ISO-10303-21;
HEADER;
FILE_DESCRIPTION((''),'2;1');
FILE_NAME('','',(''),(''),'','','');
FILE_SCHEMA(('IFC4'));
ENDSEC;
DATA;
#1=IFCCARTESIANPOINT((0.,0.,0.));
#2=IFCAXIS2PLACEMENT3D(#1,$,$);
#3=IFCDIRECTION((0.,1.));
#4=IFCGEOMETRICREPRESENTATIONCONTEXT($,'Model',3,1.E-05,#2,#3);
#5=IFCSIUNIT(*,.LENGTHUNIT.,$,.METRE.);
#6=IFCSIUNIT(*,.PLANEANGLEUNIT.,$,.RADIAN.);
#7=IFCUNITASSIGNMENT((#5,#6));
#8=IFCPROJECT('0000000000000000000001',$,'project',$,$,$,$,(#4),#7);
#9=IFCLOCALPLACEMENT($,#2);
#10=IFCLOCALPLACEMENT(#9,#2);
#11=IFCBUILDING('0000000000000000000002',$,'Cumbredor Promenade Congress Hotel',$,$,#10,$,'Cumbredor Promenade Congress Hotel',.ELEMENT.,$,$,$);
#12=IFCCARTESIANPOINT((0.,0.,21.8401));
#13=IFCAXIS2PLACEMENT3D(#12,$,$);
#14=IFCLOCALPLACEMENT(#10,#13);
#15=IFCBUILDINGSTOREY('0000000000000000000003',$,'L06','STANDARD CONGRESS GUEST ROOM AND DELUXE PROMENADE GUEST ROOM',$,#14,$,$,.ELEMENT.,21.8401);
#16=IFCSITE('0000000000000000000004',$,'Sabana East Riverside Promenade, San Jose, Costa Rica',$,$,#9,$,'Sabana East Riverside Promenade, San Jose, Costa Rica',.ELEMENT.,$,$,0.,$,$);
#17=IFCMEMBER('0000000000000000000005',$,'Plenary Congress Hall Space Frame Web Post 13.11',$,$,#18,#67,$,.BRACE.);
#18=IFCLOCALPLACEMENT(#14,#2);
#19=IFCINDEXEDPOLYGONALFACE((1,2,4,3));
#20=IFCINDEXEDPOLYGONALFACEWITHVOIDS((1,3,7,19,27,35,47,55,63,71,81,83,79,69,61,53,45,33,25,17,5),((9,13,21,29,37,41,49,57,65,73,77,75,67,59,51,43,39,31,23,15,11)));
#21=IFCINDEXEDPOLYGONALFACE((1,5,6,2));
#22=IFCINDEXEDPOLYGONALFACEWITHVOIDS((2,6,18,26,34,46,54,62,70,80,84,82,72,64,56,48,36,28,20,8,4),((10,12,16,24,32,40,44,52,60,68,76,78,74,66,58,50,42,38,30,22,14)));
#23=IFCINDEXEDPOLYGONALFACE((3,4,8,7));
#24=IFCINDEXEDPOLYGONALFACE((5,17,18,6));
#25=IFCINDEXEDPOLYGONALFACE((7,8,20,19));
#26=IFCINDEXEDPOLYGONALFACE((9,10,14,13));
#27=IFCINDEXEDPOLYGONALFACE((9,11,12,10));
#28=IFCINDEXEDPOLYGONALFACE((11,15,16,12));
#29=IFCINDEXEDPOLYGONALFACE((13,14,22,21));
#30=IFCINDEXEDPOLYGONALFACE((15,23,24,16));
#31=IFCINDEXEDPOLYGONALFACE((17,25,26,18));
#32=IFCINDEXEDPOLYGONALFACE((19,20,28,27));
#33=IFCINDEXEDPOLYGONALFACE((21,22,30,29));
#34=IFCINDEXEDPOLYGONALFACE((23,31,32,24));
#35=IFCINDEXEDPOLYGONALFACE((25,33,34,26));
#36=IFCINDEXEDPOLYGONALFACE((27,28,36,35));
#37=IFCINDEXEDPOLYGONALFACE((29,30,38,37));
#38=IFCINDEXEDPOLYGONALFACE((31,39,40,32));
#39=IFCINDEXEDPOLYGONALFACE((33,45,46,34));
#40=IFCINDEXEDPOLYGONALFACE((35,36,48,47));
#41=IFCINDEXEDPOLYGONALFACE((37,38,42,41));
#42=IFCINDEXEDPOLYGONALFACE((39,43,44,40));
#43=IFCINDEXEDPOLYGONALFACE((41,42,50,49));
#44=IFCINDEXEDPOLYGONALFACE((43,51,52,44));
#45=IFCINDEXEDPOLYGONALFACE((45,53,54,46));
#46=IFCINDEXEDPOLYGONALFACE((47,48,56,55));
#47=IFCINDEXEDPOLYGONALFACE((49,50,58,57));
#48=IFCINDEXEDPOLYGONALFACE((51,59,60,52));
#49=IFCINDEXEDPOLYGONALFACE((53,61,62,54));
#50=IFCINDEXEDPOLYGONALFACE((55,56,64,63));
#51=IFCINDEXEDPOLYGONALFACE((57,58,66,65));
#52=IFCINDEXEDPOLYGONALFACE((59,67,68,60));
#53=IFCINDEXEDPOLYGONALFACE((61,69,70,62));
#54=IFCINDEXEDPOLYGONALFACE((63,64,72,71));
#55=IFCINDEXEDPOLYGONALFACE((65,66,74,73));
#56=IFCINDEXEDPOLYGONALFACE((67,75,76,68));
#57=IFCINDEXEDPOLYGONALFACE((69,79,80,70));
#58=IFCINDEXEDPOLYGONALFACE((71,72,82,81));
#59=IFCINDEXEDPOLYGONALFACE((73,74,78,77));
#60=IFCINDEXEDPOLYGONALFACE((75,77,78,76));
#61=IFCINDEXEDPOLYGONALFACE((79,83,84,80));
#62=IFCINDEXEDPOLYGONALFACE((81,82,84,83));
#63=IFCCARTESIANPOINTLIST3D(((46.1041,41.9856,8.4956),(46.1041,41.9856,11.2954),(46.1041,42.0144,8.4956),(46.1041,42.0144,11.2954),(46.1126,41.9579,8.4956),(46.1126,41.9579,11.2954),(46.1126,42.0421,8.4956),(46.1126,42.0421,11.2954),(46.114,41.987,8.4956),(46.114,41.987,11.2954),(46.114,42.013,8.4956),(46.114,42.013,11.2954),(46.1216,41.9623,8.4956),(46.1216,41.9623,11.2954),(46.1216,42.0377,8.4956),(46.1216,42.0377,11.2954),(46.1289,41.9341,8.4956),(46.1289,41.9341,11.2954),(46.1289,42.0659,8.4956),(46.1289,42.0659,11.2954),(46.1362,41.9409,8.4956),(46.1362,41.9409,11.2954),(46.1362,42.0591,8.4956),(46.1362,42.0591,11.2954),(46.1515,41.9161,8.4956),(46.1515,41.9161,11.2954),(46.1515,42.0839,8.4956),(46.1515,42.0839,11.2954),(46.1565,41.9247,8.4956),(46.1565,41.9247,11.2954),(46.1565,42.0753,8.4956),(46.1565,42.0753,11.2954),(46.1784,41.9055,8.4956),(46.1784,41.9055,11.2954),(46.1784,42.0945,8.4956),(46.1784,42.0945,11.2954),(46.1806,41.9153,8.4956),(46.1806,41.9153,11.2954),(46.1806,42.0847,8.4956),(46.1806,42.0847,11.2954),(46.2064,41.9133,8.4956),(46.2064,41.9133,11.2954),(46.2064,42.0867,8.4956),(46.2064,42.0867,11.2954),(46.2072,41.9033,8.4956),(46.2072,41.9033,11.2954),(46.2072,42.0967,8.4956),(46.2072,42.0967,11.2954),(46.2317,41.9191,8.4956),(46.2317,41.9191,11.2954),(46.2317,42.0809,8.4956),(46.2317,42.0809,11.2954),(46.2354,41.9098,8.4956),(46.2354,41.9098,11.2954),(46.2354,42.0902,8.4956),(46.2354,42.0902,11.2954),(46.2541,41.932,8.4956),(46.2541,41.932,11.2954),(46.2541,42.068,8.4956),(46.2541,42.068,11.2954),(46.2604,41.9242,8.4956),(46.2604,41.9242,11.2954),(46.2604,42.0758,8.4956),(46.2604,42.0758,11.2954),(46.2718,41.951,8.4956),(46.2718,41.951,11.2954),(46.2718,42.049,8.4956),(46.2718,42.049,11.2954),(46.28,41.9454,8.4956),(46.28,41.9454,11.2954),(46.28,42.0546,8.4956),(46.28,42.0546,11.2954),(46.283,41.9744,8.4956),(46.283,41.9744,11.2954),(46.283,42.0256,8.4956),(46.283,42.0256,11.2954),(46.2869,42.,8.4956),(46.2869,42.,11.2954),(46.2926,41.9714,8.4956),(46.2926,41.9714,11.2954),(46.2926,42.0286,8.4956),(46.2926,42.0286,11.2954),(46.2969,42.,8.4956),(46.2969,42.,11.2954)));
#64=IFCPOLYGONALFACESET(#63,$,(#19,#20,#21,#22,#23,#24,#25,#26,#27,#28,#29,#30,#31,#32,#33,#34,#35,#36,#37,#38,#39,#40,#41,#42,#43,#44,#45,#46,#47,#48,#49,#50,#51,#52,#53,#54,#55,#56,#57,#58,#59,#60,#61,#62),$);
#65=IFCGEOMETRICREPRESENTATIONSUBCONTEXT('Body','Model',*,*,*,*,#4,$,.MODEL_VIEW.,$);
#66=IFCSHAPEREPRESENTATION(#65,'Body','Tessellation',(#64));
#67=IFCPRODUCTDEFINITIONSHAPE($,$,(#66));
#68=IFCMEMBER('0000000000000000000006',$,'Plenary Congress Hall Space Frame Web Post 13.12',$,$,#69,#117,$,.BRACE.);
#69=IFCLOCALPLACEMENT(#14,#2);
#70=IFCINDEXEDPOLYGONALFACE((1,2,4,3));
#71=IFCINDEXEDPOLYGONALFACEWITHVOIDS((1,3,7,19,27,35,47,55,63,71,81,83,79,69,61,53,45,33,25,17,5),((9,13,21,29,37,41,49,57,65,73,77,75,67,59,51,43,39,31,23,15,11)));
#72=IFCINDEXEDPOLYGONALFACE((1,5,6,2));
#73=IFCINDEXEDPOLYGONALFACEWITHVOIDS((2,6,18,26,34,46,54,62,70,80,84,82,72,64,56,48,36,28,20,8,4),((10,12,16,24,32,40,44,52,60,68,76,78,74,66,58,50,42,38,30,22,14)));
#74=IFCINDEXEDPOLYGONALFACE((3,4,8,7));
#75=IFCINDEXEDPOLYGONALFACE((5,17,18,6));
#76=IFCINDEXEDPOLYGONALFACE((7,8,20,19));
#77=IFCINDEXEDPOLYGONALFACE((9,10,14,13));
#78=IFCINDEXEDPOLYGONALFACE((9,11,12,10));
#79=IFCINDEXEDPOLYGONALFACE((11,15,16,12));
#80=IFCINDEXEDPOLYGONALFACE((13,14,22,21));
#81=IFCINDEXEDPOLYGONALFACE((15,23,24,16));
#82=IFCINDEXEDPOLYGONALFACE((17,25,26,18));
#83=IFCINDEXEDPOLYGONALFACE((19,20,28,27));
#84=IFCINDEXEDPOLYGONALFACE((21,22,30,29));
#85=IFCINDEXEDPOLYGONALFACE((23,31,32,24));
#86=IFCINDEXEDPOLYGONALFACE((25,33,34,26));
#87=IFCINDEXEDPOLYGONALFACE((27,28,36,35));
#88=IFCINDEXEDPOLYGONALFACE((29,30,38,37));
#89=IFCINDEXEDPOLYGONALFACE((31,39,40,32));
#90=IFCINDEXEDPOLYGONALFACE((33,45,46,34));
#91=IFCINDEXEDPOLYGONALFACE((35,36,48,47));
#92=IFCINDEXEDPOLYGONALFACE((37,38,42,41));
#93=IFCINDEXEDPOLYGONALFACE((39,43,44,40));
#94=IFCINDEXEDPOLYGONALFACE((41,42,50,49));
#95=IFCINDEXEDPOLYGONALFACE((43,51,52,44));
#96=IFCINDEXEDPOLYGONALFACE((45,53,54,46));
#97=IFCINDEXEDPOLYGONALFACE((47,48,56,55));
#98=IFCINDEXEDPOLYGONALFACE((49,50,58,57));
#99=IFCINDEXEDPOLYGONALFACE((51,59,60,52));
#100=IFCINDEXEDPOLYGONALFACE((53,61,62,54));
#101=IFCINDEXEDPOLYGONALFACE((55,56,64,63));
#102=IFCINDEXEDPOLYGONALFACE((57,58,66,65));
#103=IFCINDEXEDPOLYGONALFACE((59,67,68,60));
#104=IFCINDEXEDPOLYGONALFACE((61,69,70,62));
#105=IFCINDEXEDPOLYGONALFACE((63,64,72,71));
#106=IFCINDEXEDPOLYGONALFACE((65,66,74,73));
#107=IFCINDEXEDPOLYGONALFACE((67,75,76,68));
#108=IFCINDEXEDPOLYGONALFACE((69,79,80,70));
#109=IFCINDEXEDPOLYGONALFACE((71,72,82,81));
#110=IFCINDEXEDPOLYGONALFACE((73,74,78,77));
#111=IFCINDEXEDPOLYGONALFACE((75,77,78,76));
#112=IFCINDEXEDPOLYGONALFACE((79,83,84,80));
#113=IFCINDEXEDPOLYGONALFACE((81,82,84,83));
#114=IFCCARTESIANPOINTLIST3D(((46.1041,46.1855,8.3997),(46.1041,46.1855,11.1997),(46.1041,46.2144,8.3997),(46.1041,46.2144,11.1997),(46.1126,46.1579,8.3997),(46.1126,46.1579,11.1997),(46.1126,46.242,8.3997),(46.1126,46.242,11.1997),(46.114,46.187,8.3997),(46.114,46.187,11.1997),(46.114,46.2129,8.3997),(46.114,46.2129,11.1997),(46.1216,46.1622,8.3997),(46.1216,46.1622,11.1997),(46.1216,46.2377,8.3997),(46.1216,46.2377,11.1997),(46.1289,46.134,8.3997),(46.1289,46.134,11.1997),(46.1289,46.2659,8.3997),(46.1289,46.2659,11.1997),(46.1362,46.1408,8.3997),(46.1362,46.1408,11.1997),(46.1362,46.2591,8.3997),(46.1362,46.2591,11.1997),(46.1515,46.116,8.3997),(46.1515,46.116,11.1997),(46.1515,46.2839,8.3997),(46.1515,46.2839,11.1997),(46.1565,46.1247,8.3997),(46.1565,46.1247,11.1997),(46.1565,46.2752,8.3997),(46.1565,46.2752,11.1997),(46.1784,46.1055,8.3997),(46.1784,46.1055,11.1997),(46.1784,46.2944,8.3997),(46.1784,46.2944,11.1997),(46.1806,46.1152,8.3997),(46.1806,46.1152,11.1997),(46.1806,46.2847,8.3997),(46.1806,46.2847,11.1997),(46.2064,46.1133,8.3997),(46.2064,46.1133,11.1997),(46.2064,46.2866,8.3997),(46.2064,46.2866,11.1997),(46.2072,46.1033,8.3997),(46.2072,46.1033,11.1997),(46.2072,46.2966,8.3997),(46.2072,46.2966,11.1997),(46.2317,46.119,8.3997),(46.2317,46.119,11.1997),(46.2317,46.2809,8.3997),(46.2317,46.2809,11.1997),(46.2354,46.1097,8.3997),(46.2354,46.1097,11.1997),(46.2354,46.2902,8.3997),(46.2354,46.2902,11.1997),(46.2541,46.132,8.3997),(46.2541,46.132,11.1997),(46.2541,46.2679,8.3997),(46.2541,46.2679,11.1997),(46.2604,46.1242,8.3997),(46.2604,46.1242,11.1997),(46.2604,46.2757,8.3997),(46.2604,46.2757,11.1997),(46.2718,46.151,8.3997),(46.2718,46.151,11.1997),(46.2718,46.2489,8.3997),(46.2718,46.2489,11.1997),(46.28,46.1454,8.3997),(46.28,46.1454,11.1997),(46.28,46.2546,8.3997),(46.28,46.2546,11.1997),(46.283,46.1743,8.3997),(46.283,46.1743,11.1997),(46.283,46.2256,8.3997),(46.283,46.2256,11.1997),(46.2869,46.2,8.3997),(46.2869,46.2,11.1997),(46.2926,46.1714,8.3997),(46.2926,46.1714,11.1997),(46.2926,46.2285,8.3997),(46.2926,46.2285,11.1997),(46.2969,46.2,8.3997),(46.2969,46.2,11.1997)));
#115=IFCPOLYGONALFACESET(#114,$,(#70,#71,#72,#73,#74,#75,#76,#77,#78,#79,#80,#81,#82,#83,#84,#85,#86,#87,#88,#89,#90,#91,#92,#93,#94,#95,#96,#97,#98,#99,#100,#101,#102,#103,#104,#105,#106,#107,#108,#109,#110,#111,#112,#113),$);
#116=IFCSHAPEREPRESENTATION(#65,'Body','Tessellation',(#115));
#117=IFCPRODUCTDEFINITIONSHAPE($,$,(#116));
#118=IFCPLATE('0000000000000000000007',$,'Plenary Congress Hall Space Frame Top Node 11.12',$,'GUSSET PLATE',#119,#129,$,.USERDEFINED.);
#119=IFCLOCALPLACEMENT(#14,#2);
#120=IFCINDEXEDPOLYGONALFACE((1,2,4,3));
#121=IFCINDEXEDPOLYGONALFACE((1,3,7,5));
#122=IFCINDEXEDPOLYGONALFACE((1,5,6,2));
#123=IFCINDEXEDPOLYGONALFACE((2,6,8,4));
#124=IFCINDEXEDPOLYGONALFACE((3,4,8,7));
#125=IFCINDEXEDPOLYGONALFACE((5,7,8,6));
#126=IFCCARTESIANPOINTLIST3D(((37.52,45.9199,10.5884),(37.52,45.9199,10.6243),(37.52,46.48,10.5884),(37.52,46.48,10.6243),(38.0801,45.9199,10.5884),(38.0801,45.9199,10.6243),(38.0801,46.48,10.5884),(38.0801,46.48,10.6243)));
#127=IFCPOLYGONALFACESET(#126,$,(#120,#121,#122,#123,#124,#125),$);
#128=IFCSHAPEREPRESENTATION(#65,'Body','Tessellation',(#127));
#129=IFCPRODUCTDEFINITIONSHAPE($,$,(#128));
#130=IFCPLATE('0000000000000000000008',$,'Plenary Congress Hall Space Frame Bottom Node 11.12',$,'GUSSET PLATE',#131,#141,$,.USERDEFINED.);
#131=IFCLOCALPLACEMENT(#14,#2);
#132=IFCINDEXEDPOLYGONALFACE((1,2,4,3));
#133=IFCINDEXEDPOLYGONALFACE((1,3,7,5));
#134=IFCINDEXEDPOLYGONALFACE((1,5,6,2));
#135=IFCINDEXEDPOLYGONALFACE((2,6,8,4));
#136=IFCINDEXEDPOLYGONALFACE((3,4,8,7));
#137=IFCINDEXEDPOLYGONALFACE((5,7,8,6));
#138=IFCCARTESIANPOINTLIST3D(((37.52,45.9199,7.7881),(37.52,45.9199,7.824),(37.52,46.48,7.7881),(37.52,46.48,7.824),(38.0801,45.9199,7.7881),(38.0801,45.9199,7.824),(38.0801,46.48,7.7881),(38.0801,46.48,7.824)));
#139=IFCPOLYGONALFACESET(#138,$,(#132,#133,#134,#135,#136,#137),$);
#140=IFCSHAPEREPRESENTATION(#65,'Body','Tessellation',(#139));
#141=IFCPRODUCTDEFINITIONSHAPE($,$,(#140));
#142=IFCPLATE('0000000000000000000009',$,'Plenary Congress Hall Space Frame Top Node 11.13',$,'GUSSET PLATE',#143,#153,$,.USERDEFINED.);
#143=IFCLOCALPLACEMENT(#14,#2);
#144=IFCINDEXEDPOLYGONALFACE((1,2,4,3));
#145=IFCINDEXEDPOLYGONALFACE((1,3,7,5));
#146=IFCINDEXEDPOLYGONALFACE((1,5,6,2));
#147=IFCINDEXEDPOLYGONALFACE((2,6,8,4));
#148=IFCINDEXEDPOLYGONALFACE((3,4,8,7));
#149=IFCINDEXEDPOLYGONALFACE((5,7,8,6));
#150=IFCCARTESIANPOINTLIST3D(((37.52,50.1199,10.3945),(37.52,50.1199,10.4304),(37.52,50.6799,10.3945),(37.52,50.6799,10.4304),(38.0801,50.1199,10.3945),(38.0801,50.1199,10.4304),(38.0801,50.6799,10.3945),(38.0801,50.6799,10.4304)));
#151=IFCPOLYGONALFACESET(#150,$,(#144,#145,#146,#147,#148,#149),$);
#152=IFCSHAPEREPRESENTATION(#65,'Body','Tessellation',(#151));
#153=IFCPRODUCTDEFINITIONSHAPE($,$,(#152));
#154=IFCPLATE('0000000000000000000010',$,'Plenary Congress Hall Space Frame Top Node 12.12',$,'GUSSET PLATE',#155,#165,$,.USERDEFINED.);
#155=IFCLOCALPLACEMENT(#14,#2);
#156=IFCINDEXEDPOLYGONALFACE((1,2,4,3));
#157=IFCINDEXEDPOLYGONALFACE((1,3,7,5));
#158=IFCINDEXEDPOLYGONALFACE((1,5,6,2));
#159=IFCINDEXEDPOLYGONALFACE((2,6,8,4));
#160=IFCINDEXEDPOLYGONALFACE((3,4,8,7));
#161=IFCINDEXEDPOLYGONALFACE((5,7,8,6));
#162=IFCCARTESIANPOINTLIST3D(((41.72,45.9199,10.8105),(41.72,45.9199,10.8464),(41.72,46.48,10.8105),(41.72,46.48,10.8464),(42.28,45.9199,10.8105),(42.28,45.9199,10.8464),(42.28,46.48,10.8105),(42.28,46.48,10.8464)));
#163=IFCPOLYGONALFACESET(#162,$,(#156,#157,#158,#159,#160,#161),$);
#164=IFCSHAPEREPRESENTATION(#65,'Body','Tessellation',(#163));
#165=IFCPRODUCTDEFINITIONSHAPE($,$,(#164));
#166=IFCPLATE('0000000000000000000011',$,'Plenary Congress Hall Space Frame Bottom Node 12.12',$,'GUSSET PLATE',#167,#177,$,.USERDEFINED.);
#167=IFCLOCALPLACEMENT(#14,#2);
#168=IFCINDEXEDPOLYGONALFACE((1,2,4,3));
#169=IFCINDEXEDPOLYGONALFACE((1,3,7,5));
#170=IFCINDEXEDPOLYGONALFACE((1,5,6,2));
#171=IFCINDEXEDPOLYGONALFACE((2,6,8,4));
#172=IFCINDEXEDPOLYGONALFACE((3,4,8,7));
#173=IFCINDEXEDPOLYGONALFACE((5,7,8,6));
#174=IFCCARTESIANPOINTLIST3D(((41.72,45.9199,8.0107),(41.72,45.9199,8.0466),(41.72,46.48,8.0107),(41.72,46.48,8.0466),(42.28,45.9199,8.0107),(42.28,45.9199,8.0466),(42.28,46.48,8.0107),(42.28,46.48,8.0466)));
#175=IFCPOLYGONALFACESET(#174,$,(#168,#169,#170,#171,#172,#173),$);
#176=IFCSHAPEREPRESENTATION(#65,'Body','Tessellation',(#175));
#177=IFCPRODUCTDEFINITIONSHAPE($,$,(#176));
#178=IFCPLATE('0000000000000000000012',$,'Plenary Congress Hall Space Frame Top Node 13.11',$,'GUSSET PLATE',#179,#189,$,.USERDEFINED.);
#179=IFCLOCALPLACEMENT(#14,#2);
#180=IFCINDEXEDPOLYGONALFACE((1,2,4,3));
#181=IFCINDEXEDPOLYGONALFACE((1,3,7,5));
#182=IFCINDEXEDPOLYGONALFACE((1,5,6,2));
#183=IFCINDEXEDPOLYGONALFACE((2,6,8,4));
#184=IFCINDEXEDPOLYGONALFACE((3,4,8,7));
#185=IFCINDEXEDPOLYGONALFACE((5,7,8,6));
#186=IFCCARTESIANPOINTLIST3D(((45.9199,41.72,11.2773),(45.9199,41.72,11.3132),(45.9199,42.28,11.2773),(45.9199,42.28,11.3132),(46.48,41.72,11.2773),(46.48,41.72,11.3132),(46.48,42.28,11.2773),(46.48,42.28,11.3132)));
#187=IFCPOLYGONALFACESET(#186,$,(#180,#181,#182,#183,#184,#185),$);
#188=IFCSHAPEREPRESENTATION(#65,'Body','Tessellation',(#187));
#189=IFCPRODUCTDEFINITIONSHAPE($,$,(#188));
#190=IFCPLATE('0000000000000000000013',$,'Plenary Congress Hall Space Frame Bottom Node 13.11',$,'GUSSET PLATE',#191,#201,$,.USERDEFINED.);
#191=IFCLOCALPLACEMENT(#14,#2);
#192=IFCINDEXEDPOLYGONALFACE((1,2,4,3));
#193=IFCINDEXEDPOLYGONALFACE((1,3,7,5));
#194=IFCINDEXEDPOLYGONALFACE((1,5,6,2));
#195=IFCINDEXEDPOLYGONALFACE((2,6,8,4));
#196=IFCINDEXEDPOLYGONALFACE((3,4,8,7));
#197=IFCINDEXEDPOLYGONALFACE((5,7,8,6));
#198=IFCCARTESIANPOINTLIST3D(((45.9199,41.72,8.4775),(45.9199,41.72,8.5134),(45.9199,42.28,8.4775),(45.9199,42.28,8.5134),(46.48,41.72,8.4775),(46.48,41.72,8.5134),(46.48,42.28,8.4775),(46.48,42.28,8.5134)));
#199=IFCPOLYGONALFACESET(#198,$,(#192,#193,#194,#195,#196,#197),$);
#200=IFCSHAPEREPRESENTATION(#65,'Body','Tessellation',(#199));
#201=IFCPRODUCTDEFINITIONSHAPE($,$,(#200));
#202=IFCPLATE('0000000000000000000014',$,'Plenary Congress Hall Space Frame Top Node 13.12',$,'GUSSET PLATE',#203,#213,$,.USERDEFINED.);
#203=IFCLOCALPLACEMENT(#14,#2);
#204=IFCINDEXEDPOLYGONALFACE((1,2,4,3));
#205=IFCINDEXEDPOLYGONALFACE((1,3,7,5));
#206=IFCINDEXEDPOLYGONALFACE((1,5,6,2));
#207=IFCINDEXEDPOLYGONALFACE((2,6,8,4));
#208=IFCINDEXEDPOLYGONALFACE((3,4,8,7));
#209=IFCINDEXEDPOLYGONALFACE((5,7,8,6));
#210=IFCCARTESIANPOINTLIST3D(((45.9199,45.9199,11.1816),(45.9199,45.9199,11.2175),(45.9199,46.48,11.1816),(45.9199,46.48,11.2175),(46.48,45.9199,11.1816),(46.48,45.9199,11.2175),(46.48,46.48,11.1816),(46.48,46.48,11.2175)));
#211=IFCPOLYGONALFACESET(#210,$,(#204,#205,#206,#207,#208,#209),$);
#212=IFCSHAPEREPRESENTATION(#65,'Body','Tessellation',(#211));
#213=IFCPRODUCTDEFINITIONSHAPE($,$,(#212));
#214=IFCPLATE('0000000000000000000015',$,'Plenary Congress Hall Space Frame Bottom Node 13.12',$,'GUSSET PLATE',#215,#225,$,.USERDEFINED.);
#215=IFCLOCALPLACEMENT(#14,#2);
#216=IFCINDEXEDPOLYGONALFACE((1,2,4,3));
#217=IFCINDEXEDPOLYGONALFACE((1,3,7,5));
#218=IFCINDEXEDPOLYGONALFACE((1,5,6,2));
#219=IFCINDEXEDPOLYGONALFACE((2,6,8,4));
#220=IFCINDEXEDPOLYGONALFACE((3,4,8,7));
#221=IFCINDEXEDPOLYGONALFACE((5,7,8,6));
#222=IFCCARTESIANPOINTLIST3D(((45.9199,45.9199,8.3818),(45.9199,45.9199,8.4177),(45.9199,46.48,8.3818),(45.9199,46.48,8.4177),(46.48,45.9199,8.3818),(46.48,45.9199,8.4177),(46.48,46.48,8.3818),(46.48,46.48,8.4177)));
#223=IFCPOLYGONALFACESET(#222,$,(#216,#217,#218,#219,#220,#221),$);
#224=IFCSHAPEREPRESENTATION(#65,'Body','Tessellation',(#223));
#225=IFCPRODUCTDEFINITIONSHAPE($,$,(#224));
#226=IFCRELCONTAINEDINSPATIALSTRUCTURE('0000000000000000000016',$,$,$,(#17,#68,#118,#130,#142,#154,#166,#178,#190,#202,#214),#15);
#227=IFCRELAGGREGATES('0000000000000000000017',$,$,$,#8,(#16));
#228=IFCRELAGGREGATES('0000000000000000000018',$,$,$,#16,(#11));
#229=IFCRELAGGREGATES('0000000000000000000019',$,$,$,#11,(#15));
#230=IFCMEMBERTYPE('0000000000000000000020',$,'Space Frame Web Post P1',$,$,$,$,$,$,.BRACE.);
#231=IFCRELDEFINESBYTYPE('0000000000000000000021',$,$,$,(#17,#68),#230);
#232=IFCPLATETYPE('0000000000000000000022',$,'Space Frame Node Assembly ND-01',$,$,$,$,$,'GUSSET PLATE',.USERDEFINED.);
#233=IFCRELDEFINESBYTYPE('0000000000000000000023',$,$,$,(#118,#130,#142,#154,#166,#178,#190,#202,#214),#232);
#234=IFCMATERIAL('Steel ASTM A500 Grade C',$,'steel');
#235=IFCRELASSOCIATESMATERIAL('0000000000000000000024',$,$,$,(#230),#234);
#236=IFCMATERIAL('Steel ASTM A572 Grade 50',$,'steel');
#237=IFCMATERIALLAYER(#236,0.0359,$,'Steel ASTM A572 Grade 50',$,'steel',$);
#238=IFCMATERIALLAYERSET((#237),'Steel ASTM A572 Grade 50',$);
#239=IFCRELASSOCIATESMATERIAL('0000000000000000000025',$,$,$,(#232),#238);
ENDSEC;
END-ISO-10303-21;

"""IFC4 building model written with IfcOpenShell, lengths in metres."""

from ifc_helpers import new_model, si_unit, direction, frame, origin, origin_2d, place, context, subcontext, project, spatial, rectangle, hollow_circle, extrude, material, layer, layer_set, material_profile, profile_set, type_object, element, save


model = new_model("IFC4")

# Units and contexts
model_context = context("Model", 3, precision=1e-05, world=origin(), true_north=direction((0.0, 1.0)))
body_context = subcontext(model_context, "Body", "Model", "MODEL_VIEW")
ifc_project = project(units=[si_unit("LENGTHUNIT", "METRE"), si_unit("PLANEANGLEUNIT", "RADIAN")], contexts=[model_context])

# Site, building, storey
site_placement = place(None, origin())
site = spatial("IfcSite", under=ifc_project, at=site_placement, Name="Sabana East Riverside Promenade, San Jose, Costa Rica", LongName="Sabana East Riverside Promenade, San Jose, Costa Rica", CompositionType="ELEMENT", RefElevation=0.0)
building_placement = place(site_placement, origin())
building = spatial("IfcBuilding", under=site, at=building_placement, Name="Cumbredor Promenade Congress Hotel", LongName="Cumbredor Promenade Congress Hotel", CompositionType="ELEMENT")
storey_placement = place(building_placement, frame((0.0, 0.0, 21.8401)))
storey = spatial("IfcBuildingStorey", under=building, at=storey_placement, Name="L06", Description="STANDARD CONGRESS GUEST ROOM AND DELUXE PROMENADE GUEST ROOM", CompositionType="ELEMENT", Elevation=21.8401)

# Members
ifc_material_1 = material(Name="Steel ASTM A500 Grade C", Category="steel")
ifc_material_profile_1 = material_profile(ifc_material_1, hollow_circle(Radius=0.0969, WallThickness=0.01, at=origin_2d()), Name="CHS 193.7x10")
ifc_profile_set_1 = profile_set([ifc_material_profile_1], Name="Steel ASTM A500 Grade C")
member_type_1 = type_object("IfcMemberType", Name="Space Frame Web Post P1", PredefinedType="BRACE", material=ifc_profile_set_1)
for number, where, z_axis, x_axis, name in (
    (1, (46.2, 42.0, 8.4956), (0.0, 0.0, 1.0), (1.0, 0.0, 0.0), "Plenary Congress Hall Space Frame Web Post 13.11"),
):
    element("IfcMember", number, at=place(storey_placement, frame(where, z_axis=z_axis, x_axis=x_axis)), inside=storey, type_object=member_type_1, Name=name, PredefinedType="BRACE", context=body_context, shape_type="SweptSolid", body=[
        extrude(hollow_circle(Radius=0.0969, WallThickness=0.01, at=origin_2d()), origin(), (0.0, 0.0, 1.0), 2.7998),
    ])
member_1_placement = place(storey_placement, frame((46.2, 46.2, 8.3997), z_axis=(0.0, 0.0, 1.0), x_axis=(1.0, 0.0, 0.0)))
element("IfcMember", 2, at=member_1_placement, inside=storey, type_object=member_type_1, Name="Plenary Congress Hall Space Frame Web Post 13.12", PredefinedType="BRACE", context=body_context, shape_type="SweptSolid", body=[
    extrude(hollow_circle(Radius=0.0969, WallThickness=0.01, at=origin_2d()), origin(), (0.0, 0.0, 1.0), 2.8),
])

# Plates
ifc_material_2 = material(Name="Steel ASTM A572 Grade 50", Category="steel")
ifc_layer = layer(ifc_material_2, 0.0359, Name="Steel ASTM A572 Grade 50", Category="steel")
ifc_layer_set = layer_set([ifc_layer], Name="Steel ASTM A572 Grade 50")
plate_type = type_object("IfcPlateType", Name="Space Frame Node Assembly ND-01", ElementType="GUSSET PLATE", PredefinedType="USERDEFINED", material=ifc_layer_set)
for number, where, z_axis, x_axis, name in (
    (3, (37.8, 46.2, 10.5884), (0.0, 0.0, 1.0), (1.0, 0.0, 0.0), "Plenary Congress Hall Space Frame Top Node 11.12"),
    (4, (37.8, 46.2, 7.7881), (0.0, 0.0, 1.0), (1.0, 0.0, 0.0), "Plenary Congress Hall Space Frame Bottom Node 11.12"),
    (5, (37.8, 50.3999, 10.3945), (0.0, 0.0, 1.0), (1.0, 0.0, 0.0), "Plenary Congress Hall Space Frame Top Node 11.13"),
    (6, (42.0, 46.2, 10.8105), (0.0, 0.0, 1.0), (1.0, 0.0, 0.0), "Plenary Congress Hall Space Frame Top Node 12.12"),
    (7, (42.0, 46.2, 8.0107), (0.0, 0.0, 1.0), (1.0, 0.0, 0.0), "Plenary Congress Hall Space Frame Bottom Node 12.12"),
    (8, (46.2, 42.0, 11.2773), (0.0, 0.0, 1.0), (1.0, 0.0, 0.0), "Plenary Congress Hall Space Frame Top Node 13.11"),
    (9, (46.2, 42.0, 8.4775), (0.0, 0.0, 1.0), (1.0, 0.0, 0.0), "Plenary Congress Hall Space Frame Bottom Node 13.11"),
    (10, (46.2, 46.2, 11.1816), (0.0, 0.0, 1.0), (1.0, 0.0, 0.0), "Plenary Congress Hall Space Frame Top Node 13.12"),
    (11, (46.2, 46.2, 8.3818), (0.0, 0.0, 1.0), (1.0, 0.0, 0.0), "Plenary Congress Hall Space Frame Bottom Node 13.12"),
):
    element("IfcPlate", number, at=place(storey_placement, frame(where, z_axis=z_axis, x_axis=x_axis)), inside=storey, type_object=plate_type, Name=name, ObjectType="GUSSET PLATE", PredefinedType="USERDEFINED", context=body_context, shape_type="SweptSolid", body=[
        extrude(rectangle(XDim=0.5601, YDim=0.5601, at=origin_2d()), origin(), (0.0, 0.0, 1.0), 0.0359),
    ])

save(model, "model.ifc")
